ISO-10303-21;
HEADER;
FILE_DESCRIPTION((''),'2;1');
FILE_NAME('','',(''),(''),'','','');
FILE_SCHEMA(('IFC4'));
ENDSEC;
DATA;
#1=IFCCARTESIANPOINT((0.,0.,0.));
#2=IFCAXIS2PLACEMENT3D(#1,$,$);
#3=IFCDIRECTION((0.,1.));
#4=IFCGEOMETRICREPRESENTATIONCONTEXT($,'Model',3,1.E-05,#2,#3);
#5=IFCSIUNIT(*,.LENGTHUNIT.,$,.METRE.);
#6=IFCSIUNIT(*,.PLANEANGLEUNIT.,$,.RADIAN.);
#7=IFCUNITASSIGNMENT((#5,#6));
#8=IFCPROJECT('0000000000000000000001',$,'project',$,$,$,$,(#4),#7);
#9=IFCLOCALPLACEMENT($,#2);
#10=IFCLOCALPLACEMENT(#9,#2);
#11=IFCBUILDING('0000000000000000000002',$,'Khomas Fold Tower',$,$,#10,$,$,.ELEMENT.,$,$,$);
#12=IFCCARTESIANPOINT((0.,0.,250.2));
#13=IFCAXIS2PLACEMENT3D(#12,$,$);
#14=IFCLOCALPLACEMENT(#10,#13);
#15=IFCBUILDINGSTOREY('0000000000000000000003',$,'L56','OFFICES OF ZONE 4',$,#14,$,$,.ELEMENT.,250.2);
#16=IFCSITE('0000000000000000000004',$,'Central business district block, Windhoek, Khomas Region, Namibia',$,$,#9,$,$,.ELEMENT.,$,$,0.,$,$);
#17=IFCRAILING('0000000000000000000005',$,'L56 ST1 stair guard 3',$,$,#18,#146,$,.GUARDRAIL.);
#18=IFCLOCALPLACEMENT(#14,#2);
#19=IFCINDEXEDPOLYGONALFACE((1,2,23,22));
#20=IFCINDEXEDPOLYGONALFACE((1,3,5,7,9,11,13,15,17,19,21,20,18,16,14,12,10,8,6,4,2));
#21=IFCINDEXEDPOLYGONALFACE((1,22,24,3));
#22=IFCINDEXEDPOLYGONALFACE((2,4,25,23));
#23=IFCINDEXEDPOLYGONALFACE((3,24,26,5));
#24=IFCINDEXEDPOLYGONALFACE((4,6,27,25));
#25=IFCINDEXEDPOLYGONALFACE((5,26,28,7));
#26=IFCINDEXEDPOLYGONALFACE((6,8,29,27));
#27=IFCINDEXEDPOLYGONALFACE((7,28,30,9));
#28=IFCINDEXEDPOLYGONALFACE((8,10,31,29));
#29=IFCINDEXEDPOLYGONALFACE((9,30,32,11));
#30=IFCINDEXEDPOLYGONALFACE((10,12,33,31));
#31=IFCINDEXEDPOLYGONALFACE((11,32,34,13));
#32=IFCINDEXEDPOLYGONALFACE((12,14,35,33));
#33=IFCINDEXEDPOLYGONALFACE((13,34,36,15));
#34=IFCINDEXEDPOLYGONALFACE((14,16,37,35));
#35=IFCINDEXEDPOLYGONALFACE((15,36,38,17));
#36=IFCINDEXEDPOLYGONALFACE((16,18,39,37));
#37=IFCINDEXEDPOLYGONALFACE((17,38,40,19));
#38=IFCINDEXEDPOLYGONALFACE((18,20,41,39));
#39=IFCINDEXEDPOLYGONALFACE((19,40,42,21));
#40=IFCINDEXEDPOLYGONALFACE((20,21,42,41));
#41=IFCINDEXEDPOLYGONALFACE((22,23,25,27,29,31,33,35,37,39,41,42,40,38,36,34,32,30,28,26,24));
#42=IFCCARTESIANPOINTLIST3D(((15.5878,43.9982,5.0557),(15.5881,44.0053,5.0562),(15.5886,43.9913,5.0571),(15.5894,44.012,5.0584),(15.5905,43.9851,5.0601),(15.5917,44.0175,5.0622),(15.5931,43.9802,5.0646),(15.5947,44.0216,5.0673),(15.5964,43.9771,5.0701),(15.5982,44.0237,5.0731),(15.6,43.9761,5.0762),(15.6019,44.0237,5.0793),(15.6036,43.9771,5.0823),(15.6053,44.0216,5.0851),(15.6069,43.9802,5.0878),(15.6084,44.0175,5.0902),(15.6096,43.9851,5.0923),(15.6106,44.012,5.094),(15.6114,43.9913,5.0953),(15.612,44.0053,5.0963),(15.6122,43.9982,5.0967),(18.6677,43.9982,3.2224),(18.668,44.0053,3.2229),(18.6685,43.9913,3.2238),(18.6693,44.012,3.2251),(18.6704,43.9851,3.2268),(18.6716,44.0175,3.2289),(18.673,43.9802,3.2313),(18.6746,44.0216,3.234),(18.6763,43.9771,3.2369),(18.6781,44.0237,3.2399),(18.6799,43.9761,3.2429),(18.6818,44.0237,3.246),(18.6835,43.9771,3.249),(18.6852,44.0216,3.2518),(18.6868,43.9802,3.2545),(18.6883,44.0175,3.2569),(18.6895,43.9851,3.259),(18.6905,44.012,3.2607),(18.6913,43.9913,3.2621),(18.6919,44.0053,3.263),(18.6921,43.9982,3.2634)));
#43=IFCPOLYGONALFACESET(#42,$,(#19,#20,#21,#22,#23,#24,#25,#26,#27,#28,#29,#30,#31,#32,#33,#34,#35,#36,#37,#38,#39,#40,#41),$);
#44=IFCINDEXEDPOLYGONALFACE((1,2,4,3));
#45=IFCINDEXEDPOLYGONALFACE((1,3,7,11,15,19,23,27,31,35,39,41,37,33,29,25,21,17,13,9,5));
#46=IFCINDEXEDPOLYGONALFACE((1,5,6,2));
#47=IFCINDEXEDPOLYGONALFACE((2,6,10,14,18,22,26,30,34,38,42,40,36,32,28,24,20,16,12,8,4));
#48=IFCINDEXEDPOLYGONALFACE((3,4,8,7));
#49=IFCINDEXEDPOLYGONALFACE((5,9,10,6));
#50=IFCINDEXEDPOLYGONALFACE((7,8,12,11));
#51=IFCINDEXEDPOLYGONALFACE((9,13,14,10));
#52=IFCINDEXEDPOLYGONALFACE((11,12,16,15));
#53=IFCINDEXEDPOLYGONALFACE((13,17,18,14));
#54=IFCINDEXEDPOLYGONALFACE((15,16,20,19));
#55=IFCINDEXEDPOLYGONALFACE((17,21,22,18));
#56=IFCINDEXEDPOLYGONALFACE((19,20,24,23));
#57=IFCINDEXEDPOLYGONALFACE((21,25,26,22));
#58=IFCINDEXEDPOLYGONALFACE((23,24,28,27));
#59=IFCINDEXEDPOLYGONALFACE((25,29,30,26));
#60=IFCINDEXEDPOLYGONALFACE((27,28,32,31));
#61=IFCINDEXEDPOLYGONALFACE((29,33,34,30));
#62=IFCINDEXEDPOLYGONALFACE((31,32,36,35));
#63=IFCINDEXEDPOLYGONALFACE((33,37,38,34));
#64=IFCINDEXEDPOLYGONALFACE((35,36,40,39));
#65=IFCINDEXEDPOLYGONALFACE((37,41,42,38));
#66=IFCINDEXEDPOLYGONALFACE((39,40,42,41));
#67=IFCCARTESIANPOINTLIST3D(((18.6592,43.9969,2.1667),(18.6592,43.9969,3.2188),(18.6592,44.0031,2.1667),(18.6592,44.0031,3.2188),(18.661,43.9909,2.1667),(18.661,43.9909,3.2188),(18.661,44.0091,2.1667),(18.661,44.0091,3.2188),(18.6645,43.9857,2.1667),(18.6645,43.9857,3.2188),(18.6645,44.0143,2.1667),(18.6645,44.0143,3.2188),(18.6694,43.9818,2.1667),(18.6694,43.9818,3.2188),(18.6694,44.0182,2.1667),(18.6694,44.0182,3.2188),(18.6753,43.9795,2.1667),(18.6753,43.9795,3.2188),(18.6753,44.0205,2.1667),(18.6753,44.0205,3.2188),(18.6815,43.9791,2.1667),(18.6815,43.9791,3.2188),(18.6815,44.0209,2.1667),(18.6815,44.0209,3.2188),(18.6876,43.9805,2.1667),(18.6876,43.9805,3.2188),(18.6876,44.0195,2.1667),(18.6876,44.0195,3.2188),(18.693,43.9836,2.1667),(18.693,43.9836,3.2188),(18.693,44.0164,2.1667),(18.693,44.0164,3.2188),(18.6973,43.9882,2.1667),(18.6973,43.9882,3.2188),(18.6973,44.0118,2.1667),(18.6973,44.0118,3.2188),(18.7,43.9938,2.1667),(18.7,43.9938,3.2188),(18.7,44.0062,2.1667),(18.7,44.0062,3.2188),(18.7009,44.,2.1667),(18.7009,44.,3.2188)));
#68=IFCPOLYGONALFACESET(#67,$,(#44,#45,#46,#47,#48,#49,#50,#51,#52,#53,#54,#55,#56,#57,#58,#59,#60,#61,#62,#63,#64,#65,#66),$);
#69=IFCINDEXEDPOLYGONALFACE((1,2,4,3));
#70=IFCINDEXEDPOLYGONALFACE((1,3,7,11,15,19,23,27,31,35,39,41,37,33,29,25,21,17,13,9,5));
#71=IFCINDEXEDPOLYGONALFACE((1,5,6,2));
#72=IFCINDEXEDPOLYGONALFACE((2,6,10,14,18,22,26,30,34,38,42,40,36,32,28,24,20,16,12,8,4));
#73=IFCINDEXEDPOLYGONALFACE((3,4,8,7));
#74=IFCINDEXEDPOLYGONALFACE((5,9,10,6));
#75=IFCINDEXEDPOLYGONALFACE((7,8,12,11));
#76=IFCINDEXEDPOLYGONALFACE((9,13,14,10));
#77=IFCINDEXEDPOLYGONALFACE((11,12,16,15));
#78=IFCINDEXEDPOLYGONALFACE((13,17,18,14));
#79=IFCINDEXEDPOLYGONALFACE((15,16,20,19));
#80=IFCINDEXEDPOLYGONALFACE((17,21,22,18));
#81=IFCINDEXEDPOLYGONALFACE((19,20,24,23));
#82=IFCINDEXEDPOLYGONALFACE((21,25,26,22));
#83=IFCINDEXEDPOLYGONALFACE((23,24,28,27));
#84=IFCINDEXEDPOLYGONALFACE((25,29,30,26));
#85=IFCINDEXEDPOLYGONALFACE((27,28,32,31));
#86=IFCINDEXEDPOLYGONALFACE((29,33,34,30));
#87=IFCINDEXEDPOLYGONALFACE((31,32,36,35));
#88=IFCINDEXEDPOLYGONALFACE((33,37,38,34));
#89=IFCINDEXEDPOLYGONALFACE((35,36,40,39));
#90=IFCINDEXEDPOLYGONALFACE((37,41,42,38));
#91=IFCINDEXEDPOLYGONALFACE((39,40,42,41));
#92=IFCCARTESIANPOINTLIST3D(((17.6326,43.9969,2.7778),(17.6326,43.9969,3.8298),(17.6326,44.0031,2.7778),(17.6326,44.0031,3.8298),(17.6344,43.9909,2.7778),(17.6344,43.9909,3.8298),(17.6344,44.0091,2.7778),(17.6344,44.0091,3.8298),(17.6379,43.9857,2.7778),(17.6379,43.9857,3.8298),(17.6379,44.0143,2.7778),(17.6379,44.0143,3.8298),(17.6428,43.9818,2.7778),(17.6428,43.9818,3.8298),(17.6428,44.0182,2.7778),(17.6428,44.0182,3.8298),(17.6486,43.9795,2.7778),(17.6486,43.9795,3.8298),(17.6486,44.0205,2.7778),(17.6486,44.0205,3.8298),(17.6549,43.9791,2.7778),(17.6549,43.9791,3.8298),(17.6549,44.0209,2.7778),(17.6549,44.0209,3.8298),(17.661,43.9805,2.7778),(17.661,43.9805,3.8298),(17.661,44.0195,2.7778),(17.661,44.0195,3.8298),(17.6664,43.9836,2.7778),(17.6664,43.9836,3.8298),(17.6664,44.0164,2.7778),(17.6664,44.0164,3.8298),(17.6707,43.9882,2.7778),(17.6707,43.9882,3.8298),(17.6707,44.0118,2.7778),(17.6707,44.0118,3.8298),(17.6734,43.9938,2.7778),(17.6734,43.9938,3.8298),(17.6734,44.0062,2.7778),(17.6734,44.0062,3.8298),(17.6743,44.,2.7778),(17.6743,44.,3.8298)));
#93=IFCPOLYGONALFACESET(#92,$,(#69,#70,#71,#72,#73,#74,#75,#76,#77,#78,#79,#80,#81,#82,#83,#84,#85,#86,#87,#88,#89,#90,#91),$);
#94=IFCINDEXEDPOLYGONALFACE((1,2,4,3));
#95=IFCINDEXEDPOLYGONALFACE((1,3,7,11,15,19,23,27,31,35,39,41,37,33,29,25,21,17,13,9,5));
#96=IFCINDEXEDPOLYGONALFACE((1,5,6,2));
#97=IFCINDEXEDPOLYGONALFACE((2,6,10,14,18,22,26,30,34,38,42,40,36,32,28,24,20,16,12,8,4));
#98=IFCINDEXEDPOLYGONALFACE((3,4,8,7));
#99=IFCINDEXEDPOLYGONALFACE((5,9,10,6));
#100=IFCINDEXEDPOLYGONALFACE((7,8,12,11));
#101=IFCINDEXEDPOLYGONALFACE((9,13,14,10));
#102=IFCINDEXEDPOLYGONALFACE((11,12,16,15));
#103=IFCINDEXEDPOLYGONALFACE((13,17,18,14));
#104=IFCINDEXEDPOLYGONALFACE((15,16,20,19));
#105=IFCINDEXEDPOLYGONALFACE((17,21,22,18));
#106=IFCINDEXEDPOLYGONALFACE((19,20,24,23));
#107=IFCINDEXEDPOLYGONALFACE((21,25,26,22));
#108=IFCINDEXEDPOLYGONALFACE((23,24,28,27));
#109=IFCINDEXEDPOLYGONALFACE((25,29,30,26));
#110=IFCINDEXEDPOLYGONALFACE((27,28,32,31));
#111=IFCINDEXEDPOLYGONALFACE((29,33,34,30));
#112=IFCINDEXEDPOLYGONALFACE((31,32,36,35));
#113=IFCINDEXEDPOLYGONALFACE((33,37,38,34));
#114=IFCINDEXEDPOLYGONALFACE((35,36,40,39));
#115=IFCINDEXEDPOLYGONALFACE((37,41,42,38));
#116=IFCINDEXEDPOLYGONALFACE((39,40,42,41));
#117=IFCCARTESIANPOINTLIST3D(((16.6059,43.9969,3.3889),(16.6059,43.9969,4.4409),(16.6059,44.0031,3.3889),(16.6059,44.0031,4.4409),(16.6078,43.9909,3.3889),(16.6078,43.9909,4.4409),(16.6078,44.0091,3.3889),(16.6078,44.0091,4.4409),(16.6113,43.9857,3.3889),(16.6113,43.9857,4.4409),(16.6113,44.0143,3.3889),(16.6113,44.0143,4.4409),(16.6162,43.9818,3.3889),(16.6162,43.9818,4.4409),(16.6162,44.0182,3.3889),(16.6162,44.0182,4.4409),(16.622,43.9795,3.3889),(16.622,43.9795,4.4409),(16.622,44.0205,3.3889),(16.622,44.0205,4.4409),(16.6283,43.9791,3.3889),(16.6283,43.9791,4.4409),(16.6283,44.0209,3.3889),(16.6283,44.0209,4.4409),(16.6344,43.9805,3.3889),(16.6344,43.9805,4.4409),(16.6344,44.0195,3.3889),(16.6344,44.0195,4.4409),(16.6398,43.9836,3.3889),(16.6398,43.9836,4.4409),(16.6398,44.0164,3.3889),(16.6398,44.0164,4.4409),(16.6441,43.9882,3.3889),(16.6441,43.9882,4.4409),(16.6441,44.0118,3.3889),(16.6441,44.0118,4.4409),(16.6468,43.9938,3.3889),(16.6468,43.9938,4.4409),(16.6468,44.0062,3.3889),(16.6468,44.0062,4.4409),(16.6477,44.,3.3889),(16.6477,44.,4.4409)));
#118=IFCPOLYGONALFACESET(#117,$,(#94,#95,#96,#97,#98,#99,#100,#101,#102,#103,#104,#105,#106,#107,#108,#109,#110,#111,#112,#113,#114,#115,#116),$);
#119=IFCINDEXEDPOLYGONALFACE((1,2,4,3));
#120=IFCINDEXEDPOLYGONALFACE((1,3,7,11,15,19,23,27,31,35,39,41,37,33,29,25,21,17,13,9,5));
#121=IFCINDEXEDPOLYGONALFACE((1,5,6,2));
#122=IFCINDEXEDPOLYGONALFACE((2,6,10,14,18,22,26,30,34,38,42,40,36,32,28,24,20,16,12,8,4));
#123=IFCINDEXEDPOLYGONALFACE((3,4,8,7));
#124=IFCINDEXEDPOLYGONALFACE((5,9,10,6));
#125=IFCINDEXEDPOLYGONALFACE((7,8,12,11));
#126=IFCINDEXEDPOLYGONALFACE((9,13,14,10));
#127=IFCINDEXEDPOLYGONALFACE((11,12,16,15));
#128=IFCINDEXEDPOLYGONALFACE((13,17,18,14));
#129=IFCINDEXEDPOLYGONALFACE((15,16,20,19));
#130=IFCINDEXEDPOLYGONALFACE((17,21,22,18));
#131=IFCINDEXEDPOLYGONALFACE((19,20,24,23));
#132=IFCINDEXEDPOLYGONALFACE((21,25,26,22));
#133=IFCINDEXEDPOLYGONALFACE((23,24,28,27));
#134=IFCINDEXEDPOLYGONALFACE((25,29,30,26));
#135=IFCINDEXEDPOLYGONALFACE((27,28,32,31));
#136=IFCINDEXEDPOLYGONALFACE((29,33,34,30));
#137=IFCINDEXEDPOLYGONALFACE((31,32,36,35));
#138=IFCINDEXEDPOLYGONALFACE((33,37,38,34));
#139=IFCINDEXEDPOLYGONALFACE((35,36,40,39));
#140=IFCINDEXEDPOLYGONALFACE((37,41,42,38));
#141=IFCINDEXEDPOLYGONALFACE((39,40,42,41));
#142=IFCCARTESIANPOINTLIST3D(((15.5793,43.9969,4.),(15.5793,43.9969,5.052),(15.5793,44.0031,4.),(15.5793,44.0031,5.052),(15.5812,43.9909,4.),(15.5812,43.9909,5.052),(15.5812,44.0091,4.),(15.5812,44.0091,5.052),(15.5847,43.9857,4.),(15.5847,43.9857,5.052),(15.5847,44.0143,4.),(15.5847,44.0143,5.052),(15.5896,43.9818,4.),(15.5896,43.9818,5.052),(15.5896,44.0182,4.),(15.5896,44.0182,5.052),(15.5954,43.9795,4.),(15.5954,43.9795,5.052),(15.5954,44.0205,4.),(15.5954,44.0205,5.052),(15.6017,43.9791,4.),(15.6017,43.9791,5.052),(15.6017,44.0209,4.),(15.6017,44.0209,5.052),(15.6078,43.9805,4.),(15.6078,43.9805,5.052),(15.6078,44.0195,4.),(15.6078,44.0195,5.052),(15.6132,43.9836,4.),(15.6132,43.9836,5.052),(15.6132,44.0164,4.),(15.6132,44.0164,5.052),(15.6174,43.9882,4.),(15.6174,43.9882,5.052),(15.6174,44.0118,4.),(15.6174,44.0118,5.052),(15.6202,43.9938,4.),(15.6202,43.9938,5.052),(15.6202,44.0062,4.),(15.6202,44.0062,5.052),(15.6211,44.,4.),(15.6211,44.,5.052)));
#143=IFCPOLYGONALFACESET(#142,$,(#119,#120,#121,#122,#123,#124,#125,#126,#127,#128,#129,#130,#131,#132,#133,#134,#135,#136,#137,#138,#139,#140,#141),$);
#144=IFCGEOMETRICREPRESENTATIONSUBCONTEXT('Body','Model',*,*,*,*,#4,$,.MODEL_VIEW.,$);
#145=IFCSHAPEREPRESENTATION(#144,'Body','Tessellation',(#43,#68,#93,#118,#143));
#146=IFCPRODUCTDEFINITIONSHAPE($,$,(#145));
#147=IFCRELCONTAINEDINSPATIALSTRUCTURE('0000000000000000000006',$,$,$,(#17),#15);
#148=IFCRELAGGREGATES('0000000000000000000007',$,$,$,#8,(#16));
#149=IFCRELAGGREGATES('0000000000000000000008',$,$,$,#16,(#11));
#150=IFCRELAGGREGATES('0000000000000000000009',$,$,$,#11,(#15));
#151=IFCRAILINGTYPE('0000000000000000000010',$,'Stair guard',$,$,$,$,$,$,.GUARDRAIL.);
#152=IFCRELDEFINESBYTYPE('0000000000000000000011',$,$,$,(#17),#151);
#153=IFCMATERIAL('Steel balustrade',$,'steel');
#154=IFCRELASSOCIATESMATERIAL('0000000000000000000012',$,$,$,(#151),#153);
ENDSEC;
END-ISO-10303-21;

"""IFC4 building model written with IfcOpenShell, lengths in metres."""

from ifc_helpers import new_model, si_unit, direction, frame, origin, origin_2d, place, context, subcontext, project, spatial, circle, extrude, source, transform, mapped, material, type_object, element, save


model = new_model("IFC4")

# Units and contexts
model_context = context("Model", 3, precision=1e-05, world=origin(), true_north=direction((0.0, 1.0)))
body_context = subcontext(model_context, "Body", "Model", "MODEL_VIEW")
ifc_project = project(units=[si_unit("LENGTHUNIT", "METRE"), si_unit("PLANEANGLEUNIT", "RADIAN")], contexts=[model_context])

# Site, building, storey
site_placement = place(None, origin())
site = spatial("IfcSite", under=ifc_project, at=site_placement, Name="Central business district block, Windhoek, Khomas Region, Namibia", CompositionType="ELEMENT", RefElevation=0.0)
building_placement = place(site_placement, origin())
building = spatial("IfcBuilding", under=site, at=building_placement, Name="Khomas Fold Tower", CompositionType="ELEMENT")
storey_placement = place(building_placement, frame((0.0, 0.0, 250.2)))
storey = spatial("IfcBuildingStorey", under=building, at=storey_placement, Name="L56", Description="OFFICES OF ZONE 4", CompositionType="ELEMENT", Elevation=250.2)

# Railing
ifc_material_1 = material(Name="Steel balustrade", Category="steel")
railing_type_1 = type_object("IfcRailingType", Name="Stair guard", PredefinedType="GUARDRAIL", material=ifc_material_1)
shared_shape_1 = source(origin(), body_context, "Body", "SweptSolid", [
    extrude(circle(Radius=0.0239, at=origin_2d()), frame((0.0, 0.0, 1.0762), z_axis=(-0.859291, 0.0, 0.511487), x_axis=(0.0, -1.0, 0.0)), (0.0, 0.0, 1.0), 3.5842),
    extrude(circle(Radius=0.021, at=origin_2d()), origin(), (0.0, 0.0, 1.0), 1.052),
    extrude(circle(Radius=0.021, at=origin_2d()), frame((-1.0266, 0.0, 0.6111)), (0.0, 0.0, 1.0), 1.052),
    extrude(circle(Radius=0.021, at=origin_2d()), frame((-2.0532, 0.0, 1.2222)), (0.0, 0.0, 1.0), 1.052),
    extrude(circle(Radius=0.021, at=origin_2d()), frame((-3.0798, 0.0, 1.8333)), (0.0, 0.0, 1.0), 1.052),
])
railing_1_placement = place(storey_placement, frame((18.6799, 44.0, 2.1667)))
element("IfcRailing", 1, at=railing_1_placement, inside=storey, type_object=railing_type_1, Name="L56 ST1 stair guard 3", PredefinedType="GUARDRAIL", context=body_context, shape_type="MappedRepresentation", body=[
    mapped(shared_shape_1, transform((0.0, 0.0, 0.0))),
])

save(model, "model.ifc")
